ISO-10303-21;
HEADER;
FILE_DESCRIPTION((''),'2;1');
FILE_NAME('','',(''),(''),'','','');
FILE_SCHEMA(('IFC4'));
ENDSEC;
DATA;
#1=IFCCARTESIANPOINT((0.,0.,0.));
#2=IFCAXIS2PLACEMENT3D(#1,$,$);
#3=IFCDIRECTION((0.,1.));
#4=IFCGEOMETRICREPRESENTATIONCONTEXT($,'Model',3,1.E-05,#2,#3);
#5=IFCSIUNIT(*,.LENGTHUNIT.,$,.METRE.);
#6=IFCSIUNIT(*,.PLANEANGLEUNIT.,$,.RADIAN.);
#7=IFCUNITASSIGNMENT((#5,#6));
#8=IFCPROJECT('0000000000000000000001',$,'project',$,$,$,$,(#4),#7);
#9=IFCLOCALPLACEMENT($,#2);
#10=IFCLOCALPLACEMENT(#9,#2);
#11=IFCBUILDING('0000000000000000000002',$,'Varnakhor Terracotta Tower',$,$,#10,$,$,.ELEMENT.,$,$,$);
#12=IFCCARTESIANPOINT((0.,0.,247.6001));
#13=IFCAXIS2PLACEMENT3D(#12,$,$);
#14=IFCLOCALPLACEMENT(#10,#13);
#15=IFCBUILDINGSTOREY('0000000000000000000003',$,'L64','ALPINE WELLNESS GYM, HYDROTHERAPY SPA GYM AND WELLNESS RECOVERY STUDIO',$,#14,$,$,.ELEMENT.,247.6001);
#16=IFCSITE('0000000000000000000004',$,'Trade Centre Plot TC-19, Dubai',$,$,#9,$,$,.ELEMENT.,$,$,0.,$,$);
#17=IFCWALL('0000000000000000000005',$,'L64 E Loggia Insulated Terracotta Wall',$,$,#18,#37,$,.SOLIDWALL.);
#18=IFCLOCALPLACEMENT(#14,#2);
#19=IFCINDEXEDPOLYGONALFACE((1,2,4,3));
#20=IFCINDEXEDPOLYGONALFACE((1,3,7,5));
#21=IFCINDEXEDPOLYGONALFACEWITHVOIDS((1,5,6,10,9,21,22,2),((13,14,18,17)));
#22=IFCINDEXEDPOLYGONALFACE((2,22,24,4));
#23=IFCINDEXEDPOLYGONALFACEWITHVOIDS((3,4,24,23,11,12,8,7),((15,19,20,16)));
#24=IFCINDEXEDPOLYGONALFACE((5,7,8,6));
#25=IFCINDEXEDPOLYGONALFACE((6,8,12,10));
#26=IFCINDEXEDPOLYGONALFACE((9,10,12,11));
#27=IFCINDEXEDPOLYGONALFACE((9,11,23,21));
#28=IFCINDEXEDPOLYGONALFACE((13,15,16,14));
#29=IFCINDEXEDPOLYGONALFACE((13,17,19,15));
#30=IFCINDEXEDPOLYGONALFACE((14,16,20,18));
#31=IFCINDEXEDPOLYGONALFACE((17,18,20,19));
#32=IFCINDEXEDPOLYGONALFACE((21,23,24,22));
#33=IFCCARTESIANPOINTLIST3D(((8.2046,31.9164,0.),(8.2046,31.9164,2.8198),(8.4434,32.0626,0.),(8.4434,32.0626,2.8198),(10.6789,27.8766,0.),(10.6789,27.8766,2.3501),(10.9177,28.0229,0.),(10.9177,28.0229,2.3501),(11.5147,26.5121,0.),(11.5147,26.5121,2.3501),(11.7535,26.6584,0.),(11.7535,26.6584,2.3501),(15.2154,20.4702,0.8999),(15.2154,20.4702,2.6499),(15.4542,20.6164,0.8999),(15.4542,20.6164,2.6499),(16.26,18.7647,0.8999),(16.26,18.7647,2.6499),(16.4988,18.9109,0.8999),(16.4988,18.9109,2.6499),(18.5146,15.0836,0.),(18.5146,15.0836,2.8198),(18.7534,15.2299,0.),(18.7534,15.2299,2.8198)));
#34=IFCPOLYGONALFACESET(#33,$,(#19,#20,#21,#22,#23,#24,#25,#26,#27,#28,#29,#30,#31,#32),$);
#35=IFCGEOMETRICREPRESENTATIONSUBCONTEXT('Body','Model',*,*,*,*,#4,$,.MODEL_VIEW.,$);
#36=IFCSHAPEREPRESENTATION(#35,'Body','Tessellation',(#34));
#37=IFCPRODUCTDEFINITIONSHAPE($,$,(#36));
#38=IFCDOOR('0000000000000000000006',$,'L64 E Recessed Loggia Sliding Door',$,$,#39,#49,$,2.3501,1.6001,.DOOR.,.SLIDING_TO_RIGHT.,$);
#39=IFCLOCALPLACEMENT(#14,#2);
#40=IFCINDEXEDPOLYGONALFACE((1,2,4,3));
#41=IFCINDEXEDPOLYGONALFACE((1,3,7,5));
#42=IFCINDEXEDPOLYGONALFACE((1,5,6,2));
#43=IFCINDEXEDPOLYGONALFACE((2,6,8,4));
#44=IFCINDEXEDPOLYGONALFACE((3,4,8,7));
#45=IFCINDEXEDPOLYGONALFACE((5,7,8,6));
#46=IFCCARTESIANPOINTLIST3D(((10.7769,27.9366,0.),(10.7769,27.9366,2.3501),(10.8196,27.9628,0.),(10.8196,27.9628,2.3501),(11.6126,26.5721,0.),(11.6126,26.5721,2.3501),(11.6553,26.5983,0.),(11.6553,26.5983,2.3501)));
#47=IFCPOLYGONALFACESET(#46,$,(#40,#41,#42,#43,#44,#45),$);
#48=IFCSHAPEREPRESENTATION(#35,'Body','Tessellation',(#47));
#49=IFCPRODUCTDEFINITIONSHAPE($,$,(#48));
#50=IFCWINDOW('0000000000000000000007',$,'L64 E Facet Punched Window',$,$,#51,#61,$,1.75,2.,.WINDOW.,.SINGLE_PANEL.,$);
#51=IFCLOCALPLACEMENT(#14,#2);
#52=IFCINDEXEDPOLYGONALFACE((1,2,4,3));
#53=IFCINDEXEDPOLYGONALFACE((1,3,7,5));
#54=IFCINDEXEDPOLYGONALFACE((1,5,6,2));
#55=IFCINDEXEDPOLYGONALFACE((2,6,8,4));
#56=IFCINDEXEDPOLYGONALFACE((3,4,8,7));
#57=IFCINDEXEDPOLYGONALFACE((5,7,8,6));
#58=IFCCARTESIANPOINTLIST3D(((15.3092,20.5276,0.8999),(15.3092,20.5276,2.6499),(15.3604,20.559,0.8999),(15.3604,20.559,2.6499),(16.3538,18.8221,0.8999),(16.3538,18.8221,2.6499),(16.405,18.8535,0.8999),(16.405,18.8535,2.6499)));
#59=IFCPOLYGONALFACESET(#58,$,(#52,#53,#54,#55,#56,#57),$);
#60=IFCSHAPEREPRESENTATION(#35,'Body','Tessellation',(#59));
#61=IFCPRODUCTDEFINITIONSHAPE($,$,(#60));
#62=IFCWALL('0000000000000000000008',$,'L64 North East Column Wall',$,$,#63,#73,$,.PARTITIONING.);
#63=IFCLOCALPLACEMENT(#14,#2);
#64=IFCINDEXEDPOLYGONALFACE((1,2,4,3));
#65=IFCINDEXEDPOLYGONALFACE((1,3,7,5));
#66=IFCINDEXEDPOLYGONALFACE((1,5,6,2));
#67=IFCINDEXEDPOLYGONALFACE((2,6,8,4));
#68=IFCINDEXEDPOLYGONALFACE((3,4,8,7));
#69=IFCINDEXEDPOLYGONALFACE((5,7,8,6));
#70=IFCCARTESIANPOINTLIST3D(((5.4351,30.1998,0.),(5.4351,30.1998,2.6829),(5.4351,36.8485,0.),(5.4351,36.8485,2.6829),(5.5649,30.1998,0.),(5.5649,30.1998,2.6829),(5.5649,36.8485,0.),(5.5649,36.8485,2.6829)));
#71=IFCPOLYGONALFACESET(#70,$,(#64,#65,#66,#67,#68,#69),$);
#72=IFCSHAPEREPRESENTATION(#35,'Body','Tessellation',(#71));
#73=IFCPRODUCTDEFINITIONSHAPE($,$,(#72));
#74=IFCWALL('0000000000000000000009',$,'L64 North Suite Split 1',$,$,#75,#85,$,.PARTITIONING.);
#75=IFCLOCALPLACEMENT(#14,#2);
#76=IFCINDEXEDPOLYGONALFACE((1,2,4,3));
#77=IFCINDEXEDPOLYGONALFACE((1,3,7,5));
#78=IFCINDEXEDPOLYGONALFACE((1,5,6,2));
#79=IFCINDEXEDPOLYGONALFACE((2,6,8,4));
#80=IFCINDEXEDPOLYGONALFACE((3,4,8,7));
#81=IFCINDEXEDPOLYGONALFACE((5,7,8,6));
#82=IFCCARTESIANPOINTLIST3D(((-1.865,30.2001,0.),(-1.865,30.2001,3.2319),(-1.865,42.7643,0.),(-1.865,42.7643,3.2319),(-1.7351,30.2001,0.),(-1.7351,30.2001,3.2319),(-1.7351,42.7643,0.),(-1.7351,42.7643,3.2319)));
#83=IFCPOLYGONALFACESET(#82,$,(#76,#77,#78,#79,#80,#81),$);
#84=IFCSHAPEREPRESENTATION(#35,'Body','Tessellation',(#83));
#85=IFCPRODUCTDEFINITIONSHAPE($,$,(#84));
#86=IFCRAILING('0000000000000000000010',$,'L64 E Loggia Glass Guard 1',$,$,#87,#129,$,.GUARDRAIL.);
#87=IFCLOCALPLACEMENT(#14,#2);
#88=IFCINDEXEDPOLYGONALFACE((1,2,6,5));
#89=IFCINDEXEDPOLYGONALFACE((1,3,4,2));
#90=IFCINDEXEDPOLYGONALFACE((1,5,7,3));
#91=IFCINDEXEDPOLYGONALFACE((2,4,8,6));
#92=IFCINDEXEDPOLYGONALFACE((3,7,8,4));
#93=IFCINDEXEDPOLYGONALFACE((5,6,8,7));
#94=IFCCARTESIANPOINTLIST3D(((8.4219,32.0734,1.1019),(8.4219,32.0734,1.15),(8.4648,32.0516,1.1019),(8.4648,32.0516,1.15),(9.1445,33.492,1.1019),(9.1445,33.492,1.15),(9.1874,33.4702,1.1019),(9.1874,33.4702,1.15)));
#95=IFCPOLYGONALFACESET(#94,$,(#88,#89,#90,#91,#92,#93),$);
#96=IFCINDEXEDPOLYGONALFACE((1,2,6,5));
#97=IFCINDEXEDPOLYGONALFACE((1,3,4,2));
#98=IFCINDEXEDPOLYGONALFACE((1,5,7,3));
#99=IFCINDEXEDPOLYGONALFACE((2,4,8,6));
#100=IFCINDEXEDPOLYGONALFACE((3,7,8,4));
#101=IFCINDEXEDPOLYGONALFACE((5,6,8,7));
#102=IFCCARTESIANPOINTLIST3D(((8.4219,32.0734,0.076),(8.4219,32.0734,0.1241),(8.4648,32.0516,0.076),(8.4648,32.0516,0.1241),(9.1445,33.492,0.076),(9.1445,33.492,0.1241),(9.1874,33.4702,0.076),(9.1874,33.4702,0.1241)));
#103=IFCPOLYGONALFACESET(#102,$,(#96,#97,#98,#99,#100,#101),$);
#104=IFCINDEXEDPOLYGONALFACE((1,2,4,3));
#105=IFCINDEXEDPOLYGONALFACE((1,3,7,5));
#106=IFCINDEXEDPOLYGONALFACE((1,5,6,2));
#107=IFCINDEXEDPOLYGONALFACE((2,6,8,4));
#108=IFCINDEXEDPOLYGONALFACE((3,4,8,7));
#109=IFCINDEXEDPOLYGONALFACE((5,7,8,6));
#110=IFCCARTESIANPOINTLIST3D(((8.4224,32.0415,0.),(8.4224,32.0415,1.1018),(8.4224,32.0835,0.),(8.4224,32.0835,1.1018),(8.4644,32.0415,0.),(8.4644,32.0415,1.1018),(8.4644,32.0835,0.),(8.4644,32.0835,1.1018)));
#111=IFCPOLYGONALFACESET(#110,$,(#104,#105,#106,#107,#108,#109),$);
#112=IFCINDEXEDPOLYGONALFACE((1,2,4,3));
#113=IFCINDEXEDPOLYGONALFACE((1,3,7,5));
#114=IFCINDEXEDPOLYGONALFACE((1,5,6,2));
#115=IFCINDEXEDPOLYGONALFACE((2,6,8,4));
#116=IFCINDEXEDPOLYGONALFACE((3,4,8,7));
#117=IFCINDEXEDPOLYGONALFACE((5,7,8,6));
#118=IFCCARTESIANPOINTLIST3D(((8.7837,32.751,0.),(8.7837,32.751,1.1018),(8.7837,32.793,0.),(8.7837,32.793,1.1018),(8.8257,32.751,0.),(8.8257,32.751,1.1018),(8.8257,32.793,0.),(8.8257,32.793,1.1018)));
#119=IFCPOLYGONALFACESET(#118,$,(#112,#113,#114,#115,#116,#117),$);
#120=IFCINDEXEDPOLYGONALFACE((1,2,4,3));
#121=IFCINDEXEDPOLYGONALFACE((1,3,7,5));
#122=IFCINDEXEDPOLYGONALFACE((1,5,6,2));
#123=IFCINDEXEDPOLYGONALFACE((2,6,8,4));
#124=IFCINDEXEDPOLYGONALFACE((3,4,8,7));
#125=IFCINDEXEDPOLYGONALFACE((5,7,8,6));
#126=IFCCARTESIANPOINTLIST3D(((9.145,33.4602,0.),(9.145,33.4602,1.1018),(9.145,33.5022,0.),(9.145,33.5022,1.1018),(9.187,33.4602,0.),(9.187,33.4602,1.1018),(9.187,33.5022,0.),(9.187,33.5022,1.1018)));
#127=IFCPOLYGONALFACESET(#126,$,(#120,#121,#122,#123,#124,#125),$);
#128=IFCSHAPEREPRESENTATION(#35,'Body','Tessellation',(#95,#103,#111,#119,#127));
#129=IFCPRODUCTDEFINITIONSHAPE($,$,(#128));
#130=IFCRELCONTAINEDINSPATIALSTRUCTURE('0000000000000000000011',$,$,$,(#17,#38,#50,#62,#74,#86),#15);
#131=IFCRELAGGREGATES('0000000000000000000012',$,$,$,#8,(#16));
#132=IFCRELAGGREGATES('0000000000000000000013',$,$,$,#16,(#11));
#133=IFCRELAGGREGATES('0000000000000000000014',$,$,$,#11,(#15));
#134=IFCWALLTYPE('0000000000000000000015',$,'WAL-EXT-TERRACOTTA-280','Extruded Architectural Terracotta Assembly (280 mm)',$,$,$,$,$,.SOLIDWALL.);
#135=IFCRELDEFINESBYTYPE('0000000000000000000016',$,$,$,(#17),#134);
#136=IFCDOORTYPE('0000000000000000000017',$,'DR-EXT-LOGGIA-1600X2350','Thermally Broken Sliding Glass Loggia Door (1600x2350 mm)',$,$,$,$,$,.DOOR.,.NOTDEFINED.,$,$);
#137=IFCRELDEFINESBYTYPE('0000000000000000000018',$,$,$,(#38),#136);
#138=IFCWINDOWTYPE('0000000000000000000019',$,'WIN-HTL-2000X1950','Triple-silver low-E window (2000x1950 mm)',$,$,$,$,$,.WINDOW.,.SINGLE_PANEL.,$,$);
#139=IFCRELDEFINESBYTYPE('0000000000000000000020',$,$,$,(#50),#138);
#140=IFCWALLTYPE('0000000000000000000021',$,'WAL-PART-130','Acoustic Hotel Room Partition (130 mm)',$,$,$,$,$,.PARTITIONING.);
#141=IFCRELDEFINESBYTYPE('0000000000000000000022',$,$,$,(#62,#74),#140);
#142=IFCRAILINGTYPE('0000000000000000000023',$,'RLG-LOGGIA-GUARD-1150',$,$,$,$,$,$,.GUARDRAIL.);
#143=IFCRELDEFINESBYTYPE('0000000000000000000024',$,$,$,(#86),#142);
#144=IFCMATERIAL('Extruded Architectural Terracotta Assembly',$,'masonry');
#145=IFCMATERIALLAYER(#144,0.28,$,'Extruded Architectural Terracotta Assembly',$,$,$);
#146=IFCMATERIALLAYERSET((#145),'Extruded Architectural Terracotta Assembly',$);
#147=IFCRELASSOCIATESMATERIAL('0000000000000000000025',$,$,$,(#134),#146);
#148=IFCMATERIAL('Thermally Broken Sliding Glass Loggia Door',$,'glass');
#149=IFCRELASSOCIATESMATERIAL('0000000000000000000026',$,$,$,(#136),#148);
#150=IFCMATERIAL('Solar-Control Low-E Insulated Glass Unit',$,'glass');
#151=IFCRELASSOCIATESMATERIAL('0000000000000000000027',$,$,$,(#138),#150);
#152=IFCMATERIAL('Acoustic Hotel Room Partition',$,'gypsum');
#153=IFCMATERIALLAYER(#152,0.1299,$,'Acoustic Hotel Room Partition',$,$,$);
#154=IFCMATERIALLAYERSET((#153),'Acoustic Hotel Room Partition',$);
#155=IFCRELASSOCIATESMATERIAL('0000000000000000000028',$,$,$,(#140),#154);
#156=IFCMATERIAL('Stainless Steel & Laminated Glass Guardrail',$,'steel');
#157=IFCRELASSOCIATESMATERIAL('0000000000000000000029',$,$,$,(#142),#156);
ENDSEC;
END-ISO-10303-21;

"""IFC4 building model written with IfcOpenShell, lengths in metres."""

from ifc_helpers import new_model, si_unit, direction, frame, frame_2d, origin, origin_2d, place, context, subcontext, project, spatial, rectangle, extrude, source, transform, mapped, material, layer, layer_set, type_object, type_shapes, element, fill, save


model = new_model("IFC4")

# Units and contexts
model_context = context("Model", 3, precision=1e-05, world=origin(), true_north=direction((0.0, 1.0)))
body_context = subcontext(model_context, "Body", "Model", "MODEL_VIEW")
ifc_project = project(units=[si_unit("LENGTHUNIT", "METRE"), si_unit("PLANEANGLEUNIT", "RADIAN")], contexts=[model_context])

# Site, building, storey
site_placement = place(None, origin())
site = spatial("IfcSite", under=ifc_project, at=site_placement, Name="Trade Centre Plot TC-19, Dubai", CompositionType="ELEMENT", RefElevation=0.0)
building_placement = place(site_placement, origin())
building = spatial("IfcBuilding", under=site, at=building_placement, Name="Varnakhor Terracotta Tower", CompositionType="ELEMENT")
storey_placement = place(building_placement, frame((0.0, 0.0, 247.6001)))
storey = spatial("IfcBuildingStorey", under=building, at=storey_placement, Name="L64", Description="ALPINE WELLNESS GYM, HYDROTHERAPY SPA GYM AND WELLNESS RECOVERY STUDIO", CompositionType="ELEMENT", Elevation=247.6001)

# Wall, openings, door, window
ifc_material_1 = material(Name="Extruded Architectural Terracotta Assembly", Category="masonry")
ifc_layer_1 = layer(ifc_material_1, 0.28, Name="Extruded Architectural Terracotta Assembly")
ifc_layer_set_1 = layer_set([ifc_layer_1], Name="Extruded Architectural Terracotta Assembly")
wall_type_1 = type_object("IfcWallType", Name="WAL-EXT-TERRACOTTA-280", Description="Extruded Architectural Terracotta Assembly (280 mm)", PredefinedType="SOLIDWALL", material=ifc_layer_set_1)
wall_1_placement = place(storey_placement, frame((8.324, 31.9895, 0.0), z_axis=(0.0, 0.0, 1.0), x_axis=(0.522312, -0.852755, 0.0)))
wall_1 = element("IfcWall", 1, at=wall_1_placement, inside=storey, type_object=wall_type_1, Name="L64 E Loggia Insulated Terracotta Wall", PredefinedType="SOLIDWALL", context=body_context, shape_type="SweptSolid", body=[
    extrude(rectangle(XDim=19.7393, YDim=0.28, at=frame_2d((9.8696, 0.0))), origin(), (0.0, 0.0, 1.0), 2.8198),
])
opening_1_placement = place(wall_1_placement, frame((4.7373, 0.0, 0.0)))
opening_1 = element("IfcOpeningElement", 2, at=opening_1_placement, cuts=wall_1, PredefinedType="OPENING", context=body_context, shape_type="SweptSolid", body=[
    extrude(rectangle(XDim=1.6001, YDim=2.3501, at=frame_2d((0.8, 1.175))), frame((0.0, 0.1499, 0.0), z_axis=(0.0, -1.0, 0.0), x_axis=(1.0, 0.0, 0.0)), (0.0, 0.0, 1.0), 0.3),
])
opening_2_placement = place(wall_1_placement, frame((13.4226, 0.0, 0.8999)))
opening_2 = element("IfcOpeningElement", 3, at=opening_2_placement, cuts=wall_1, PredefinedType="OPENING", context=body_context, shape_type="SweptSolid", body=[
    extrude(rectangle(XDim=2.0, YDim=1.75, at=frame_2d((1.0, 0.875))), frame((0.0, 0.1499, 0.0), z_axis=(0.0, -1.0, 0.0), x_axis=(1.0, 0.0, 0.0)), (0.0, 0.0, 1.0), 0.3),
])
ifc_material_2 = material(Name="Thermally Broken Sliding Glass Loggia Door", Category="glass")
door_type = type_object("IfcDoorType", Name="DR-EXT-LOGGIA-1600X2350", Description="Thermally Broken Sliding Glass Loggia Door (1600x2350 mm)", OperationType="NOTDEFINED", PredefinedType="DOOR", material=ifc_material_2)
shared_shape_1 = source(origin(), body_context, "Body", "SweptSolid", [
    extrude(rectangle(XDim=1.6001, YDim=2.3501, at=frame_2d((0.8, 1.175))), frame((0.0, 0.0249, 0.0), z_axis=(0.0, -1.0, 0.0), x_axis=(1.0, 0.0, 0.0)), (0.0, 0.0, 1.0), 0.05),
])
type_shapes(door_type, [shared_shape_1])
door_placement = place(opening_1_placement, origin())
door = element("IfcDoor", 4, at=door_placement, inside=storey, type_object=door_type, Name="L64 E Recessed Loggia Sliding Door", OperationType="SLIDING_TO_RIGHT", OverallHeight=2.3501, OverallWidth=1.6001, PredefinedType="DOOR", context=body_context, shape_type="MappedRepresentation", body=[
    mapped(shared_shape_1, transform((0.0, 0.0, 0.0), scale=1.0)),
])
fill(opening_1, door)
ifc_material_3 = material(Name="Solar-Control Low-E Insulated Glass Unit", Category="glass")
window_type = type_object("IfcWindowType", Name="WIN-HTL-2000X1950", Description="Triple-silver low-E window (2000x1950 mm)", PartitioningType="SINGLE_PANEL", PredefinedType="WINDOW", material=ifc_material_3)
shared_shape_2 = source(origin(), body_context, "Body", "SweptSolid", [
    extrude(rectangle(XDim=2.0, YDim=1.75, at=frame_2d((1.0, 0.875))), frame((0.0, 0.03, 0.0), z_axis=(0.0, -1.0, 0.0), x_axis=(1.0, 0.0, 0.0)), (0.0, 0.0, 1.0), 0.0601),
])
type_shapes(window_type, [shared_shape_2])
window_placement = place(opening_2_placement, origin())
window = element("IfcWindow", 5, at=window_placement, inside=storey, type_object=window_type, Name="L64 E Facet Punched Window", OverallHeight=1.75, OverallWidth=2.0, PartitioningType="SINGLE_PANEL", PredefinedType="WINDOW", context=body_context, shape_type="MappedRepresentation", body=[
    mapped(shared_shape_2, transform((0.0, 0.0, 0.0), scale=1.0)),
])
fill(opening_2, window)

# Walls
ifc_material_4 = material(Name="Acoustic Hotel Room Partition", Category="gypsum")
ifc_layer_2 = layer(ifc_material_4, 0.1299, Name="Acoustic Hotel Room Partition")
ifc_layer_set_2 = layer_set([ifc_layer_2], Name="Acoustic Hotel Room Partition")
wall_type_2 = type_object("IfcWallType", Name="WAL-PART-130", Description="Acoustic Hotel Room Partition (130 mm)", PredefinedType="PARTITIONING", material=ifc_layer_set_2)
wall_2_placement = place(storey_placement, frame((5.5, 30.2, 0.0), z_axis=(0.0, 0.0, 1.0), x_axis=(0.0, 1.0, 0.0)))
element("IfcWall", 6, at=wall_2_placement, inside=storey, type_object=wall_type_2, Name="L64 North East Column Wall", PredefinedType="PARTITIONING", context=body_context, shape_type="SweptSolid", body=[
    extrude(rectangle(XDim=6.6487, YDim=0.1299, at=frame_2d((3.3242, 0.0))), origin(), (0.0, 0.0, 1.0), 2.6829),
])
wall_3_placement = place(storey_placement, frame((-1.8, 30.2, 0.0), z_axis=(0.0, 0.0, 1.0), x_axis=(0.0, 1.0, 0.0)))
element("IfcWall", 7, at=wall_3_placement, inside=storey, type_object=wall_type_2, Name="L64 North Suite Split 1", PredefinedType="PARTITIONING", context=body_context, shape_type="SweptSolid", body=[
    extrude(rectangle(XDim=12.5642, YDim=0.1299, at=frame_2d((6.2822, 0.0))), origin(), (0.0, 0.0, 1.0), 3.2319),
])

# Railing
ifc_material_5 = material(Name="Stainless Steel & Laminated Glass Guardrail", Category="steel")
railing_type = type_object("IfcRailingType", Name="RLG-LOGGIA-GUARD-1150", PredefinedType="GUARDRAIL", material=ifc_material_5)
railing_1_placement = place(storey_placement, frame((8.4434, 32.0625, 0.0)))
element("IfcRailing", 8, at=railing_1_placement, inside=storey, type_object=railing_type, Name="L64 E Loggia Glass Guard 1", PredefinedType="GUARDRAIL", context=body_context, shape_type="SweptSolid", body=[
    extrude(rectangle(XDim=0.0481, YDim=0.0481, at=origin_2d()), frame((0.0, 0.0, 1.126), z_axis=(0.453887, 0.891059, 0.0), x_axis=(-0.891059, 0.453887, 0.0)), (0.0, 0.0, 1.0), 1.592),
    extrude(rectangle(XDim=0.0481, YDim=0.0481, at=origin_2d()), frame((0.0, 0.0, 0.1001), z_axis=(0.453887, 0.891059, 0.0), x_axis=(-0.891059, 0.453887, 0.0)), (0.0, 0.0, 1.0), 1.592),
    extrude(rectangle(XDim=0.042, YDim=0.042, at=origin_2d()), origin(), (0.0, 0.0, 1.0), 1.1018),
    extrude(rectangle(XDim=0.042, YDim=0.042, at=origin_2d()), frame((0.3613, 0.7095, 0.0)), (0.0, 0.0, 1.0), 1.1018),
    extrude(rectangle(XDim=0.042, YDim=0.042, at=origin_2d()), frame((0.7227, 1.4187, 0.0)), (0.0, 0.0, 1.0), 1.1018),
])

save(model, "model.ifc")
